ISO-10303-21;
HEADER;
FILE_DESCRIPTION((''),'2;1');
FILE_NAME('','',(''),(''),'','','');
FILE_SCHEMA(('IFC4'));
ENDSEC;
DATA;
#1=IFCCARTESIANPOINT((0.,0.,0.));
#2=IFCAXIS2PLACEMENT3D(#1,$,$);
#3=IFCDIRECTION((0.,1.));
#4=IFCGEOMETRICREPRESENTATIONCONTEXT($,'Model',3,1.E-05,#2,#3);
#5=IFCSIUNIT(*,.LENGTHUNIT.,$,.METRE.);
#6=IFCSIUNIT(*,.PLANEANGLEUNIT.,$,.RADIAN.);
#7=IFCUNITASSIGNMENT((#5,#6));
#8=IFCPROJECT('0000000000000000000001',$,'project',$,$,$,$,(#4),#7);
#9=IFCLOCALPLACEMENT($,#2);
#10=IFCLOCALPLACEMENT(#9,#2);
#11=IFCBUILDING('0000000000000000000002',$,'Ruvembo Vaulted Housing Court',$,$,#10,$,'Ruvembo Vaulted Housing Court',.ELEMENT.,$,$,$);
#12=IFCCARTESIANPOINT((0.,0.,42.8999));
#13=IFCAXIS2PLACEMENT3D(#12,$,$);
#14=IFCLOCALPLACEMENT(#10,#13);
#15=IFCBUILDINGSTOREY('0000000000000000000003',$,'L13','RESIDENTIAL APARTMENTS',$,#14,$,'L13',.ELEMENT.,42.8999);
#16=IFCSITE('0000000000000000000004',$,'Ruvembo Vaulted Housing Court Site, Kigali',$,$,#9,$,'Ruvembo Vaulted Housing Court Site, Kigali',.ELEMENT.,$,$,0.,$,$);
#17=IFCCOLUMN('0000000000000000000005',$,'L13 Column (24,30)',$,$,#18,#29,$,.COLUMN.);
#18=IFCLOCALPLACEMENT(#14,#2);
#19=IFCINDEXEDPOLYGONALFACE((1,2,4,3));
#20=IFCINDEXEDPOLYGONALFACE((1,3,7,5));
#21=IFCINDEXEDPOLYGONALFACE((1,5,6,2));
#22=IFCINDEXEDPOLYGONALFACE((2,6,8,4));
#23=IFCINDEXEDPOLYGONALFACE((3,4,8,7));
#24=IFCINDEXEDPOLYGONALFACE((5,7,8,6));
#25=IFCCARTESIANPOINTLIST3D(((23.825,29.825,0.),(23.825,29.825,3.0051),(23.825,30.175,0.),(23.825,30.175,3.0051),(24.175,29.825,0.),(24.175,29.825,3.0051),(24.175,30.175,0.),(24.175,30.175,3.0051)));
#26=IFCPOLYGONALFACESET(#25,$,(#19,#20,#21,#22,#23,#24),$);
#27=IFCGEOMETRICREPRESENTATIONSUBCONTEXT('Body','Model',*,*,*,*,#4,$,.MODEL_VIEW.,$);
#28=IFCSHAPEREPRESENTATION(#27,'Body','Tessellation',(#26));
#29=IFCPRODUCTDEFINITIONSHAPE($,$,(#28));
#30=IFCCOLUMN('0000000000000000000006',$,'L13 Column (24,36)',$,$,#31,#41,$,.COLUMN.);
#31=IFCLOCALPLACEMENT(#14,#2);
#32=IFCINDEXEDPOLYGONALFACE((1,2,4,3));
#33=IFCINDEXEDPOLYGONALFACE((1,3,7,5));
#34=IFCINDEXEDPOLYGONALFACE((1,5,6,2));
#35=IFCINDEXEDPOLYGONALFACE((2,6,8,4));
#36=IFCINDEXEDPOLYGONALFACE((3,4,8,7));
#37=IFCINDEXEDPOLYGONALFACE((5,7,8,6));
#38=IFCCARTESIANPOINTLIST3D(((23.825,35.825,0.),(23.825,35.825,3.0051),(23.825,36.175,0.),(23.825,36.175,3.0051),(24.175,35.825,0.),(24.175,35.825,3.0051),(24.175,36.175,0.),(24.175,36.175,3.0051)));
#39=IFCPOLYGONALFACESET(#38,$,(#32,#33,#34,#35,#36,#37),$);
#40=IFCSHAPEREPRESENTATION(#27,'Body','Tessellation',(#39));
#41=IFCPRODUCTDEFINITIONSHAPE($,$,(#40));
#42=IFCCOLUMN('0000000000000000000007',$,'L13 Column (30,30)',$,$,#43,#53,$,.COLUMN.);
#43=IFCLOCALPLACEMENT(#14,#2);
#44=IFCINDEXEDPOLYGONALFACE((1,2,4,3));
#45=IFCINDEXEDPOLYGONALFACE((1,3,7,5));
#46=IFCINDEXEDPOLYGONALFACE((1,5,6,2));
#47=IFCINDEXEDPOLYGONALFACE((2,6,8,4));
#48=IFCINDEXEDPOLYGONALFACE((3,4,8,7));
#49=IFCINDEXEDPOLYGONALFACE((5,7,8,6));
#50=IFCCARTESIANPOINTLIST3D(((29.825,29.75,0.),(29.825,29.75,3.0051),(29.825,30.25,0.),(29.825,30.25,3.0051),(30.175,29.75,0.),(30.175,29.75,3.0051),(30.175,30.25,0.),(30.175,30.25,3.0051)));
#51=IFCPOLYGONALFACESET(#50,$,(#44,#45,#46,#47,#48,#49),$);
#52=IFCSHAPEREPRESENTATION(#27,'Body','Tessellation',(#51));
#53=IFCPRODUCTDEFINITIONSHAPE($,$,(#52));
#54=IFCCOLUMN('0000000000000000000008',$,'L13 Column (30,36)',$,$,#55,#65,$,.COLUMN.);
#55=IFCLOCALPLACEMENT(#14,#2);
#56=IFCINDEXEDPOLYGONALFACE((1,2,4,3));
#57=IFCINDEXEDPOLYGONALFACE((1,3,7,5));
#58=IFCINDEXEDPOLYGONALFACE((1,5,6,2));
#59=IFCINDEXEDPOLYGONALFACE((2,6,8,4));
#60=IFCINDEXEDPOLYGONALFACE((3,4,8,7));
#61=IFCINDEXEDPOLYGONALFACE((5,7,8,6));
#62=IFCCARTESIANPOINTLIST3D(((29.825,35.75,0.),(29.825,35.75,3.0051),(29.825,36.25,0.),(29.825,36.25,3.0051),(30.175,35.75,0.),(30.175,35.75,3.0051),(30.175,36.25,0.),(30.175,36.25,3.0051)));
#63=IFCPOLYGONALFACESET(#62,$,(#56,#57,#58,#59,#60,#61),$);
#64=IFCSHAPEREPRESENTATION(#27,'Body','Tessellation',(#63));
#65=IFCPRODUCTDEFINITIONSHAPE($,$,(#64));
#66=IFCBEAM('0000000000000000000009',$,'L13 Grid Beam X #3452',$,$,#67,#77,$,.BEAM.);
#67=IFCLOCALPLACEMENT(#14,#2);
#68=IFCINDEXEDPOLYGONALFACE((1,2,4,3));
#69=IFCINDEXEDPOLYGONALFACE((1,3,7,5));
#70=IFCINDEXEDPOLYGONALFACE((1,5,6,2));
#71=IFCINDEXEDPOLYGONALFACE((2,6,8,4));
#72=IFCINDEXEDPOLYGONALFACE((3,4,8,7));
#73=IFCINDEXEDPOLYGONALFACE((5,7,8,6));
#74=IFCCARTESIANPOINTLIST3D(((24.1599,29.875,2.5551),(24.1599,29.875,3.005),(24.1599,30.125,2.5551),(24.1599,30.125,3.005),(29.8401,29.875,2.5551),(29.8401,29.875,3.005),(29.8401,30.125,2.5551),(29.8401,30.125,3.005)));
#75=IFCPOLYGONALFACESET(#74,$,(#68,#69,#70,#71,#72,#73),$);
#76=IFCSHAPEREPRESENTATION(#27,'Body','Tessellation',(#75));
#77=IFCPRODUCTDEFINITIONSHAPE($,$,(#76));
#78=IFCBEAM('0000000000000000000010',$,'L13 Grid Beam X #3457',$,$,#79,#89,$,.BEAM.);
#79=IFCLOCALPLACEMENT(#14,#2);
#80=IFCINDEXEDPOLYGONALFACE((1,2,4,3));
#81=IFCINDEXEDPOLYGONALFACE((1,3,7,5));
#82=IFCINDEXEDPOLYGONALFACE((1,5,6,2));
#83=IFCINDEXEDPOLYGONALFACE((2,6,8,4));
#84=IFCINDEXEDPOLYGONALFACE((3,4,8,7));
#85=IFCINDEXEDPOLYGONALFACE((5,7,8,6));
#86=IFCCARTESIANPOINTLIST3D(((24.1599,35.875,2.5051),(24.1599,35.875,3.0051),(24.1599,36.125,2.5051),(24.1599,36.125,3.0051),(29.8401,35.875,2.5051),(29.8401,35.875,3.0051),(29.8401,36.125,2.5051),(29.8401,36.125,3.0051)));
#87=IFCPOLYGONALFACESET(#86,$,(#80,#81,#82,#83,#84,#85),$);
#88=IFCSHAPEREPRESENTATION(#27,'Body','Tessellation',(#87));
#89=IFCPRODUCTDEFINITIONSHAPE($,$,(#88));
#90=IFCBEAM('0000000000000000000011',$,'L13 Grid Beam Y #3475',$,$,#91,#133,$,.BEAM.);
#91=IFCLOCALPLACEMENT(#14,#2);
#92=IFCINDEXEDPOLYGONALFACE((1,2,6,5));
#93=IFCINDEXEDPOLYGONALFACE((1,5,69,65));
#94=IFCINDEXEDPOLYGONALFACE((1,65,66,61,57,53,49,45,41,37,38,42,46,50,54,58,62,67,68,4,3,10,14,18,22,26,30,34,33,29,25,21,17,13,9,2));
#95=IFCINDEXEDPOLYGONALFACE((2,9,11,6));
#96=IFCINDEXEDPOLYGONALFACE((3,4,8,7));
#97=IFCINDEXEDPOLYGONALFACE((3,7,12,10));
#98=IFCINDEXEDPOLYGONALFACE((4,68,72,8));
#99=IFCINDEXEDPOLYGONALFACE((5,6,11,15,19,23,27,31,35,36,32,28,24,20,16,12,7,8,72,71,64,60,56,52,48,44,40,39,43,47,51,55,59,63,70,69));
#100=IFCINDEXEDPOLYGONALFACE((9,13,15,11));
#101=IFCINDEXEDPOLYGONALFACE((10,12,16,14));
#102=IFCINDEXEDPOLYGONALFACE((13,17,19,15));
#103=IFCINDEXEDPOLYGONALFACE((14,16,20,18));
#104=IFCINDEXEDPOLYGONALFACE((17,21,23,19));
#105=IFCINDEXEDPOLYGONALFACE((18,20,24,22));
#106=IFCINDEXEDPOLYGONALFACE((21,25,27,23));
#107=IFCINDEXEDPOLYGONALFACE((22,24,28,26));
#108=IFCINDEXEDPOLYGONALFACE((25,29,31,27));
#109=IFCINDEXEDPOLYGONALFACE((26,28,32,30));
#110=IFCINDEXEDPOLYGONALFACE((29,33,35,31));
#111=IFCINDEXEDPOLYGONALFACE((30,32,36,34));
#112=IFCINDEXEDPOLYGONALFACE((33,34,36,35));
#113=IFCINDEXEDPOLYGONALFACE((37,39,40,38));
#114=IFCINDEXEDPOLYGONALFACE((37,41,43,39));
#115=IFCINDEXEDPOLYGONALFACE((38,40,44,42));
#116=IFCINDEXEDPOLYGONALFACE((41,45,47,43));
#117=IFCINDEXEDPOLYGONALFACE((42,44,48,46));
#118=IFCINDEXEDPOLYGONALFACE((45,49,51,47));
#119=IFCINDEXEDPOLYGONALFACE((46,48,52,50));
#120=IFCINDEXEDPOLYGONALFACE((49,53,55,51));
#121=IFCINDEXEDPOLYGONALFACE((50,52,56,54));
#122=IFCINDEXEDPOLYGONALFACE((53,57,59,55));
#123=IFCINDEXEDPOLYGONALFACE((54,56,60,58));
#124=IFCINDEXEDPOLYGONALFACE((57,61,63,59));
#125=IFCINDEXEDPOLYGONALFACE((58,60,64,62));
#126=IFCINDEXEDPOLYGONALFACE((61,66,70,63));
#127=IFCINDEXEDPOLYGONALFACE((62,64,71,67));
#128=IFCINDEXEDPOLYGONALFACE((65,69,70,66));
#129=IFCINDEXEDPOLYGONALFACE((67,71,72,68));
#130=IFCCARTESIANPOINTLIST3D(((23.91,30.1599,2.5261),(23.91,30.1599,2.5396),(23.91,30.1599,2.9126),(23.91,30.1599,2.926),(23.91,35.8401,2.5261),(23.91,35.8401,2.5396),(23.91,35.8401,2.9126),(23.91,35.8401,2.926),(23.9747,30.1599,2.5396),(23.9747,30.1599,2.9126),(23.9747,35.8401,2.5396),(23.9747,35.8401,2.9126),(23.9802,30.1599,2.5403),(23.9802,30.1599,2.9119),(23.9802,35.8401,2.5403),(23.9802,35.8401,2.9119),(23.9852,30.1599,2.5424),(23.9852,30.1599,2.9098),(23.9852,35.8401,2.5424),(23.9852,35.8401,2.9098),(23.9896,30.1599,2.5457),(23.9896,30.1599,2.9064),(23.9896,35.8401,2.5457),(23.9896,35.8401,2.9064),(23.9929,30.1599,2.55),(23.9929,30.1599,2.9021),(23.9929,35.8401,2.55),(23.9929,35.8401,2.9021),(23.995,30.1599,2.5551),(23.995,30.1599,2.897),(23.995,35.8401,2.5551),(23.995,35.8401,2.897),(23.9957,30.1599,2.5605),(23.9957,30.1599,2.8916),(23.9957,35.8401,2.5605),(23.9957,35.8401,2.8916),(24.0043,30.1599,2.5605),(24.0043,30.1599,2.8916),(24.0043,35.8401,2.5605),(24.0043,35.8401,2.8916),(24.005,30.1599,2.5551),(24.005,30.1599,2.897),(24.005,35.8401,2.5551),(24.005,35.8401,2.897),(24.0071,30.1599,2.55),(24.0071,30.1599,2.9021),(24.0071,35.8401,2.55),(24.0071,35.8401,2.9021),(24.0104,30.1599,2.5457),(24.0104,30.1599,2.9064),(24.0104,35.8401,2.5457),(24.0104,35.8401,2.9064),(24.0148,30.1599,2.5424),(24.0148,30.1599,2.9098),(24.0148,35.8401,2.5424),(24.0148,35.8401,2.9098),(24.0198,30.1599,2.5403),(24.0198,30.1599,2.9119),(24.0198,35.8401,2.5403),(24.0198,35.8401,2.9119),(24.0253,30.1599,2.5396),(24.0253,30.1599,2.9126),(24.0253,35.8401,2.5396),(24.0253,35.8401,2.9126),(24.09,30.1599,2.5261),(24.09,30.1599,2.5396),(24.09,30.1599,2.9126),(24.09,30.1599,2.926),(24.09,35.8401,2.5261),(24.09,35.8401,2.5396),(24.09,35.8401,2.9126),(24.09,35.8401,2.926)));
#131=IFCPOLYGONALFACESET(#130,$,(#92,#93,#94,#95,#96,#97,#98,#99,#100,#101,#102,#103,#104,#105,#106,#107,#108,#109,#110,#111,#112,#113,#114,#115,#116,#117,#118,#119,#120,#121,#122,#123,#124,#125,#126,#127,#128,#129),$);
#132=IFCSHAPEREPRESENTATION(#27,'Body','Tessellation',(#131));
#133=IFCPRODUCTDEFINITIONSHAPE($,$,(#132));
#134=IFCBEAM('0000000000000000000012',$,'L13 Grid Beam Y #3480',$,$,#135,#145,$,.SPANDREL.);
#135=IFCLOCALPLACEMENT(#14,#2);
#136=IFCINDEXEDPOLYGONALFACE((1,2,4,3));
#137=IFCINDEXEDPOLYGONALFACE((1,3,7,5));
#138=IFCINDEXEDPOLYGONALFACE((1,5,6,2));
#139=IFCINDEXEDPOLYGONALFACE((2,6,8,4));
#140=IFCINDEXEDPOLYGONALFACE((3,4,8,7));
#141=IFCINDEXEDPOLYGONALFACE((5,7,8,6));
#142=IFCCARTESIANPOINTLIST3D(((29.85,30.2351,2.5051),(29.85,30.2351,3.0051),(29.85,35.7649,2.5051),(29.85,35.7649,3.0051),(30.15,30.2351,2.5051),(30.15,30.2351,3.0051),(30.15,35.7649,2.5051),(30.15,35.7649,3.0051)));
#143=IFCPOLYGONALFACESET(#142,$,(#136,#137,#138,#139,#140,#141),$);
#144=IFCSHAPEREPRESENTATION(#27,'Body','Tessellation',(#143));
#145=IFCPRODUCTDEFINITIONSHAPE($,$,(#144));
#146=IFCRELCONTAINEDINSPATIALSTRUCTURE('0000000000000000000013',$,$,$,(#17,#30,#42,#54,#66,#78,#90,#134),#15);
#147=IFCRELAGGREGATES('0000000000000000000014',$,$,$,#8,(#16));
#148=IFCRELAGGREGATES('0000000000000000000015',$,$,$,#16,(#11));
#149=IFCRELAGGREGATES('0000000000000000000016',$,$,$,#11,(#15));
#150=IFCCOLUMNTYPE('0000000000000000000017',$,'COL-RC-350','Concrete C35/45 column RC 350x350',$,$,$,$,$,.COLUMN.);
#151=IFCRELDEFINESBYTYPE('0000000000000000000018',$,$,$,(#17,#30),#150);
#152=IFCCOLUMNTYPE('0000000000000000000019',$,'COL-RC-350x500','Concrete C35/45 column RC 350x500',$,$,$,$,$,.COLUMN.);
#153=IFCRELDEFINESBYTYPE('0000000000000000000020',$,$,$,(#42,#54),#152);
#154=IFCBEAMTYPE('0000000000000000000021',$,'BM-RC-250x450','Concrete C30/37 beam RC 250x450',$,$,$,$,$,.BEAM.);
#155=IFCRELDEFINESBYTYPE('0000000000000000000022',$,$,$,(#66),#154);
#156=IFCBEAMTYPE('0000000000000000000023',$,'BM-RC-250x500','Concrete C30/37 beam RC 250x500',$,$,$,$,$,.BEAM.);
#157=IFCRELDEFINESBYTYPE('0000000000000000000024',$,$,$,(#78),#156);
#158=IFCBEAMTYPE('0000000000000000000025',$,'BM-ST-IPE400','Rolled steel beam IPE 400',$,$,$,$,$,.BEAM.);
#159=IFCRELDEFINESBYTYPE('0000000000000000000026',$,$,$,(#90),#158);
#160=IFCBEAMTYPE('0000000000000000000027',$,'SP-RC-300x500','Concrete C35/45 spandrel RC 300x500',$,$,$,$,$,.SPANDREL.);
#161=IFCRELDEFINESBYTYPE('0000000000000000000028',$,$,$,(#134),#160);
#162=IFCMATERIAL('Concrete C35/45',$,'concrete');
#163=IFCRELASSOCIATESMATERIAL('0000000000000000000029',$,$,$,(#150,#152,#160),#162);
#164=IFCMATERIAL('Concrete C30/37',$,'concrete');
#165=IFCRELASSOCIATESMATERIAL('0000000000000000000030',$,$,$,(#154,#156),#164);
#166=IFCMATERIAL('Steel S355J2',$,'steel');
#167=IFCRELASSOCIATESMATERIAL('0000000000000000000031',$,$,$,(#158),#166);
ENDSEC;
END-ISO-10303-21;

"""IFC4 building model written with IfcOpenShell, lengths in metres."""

from ifc_helpers import new_model, si_unit, direction, frame, origin, origin_2d, place, context, subcontext, project, spatial, rectangle, i_section, extrude, material, material_profile, profile_set, type_object, element, save


model = new_model("IFC4")

# Units and contexts
model_context = context("Model", 3, precision=1e-05, world=origin(), true_north=direction((0.0, 1.0)))
body_context = subcontext(model_context, "Body", "Model", "MODEL_VIEW")
ifc_project = project(units=[si_unit("LENGTHUNIT", "METRE"), si_unit("PLANEANGLEUNIT", "RADIAN")], contexts=[model_context])

# Site, building, storey
site_placement = place(None, origin())
site = spatial("IfcSite", under=ifc_project, at=site_placement, Name="Ruvembo Vaulted Housing Court Site, Kigali", LongName="Ruvembo Vaulted Housing Court Site, Kigali", CompositionType="ELEMENT", RefElevation=0.0)
building_placement = place(site_placement, origin())
building = spatial("IfcBuilding", under=site, at=building_placement, Name="Ruvembo Vaulted Housing Court", LongName="Ruvembo Vaulted Housing Court", CompositionType="ELEMENT")
storey_placement = place(building_placement, frame((0.0, 0.0, 42.8999)))
storey = spatial("IfcBuildingStorey", under=building, at=storey_placement, Name="L13", Description="RESIDENTIAL APARTMENTS", LongName="L13", CompositionType="ELEMENT", Elevation=42.8999)

# Columns
ifc_material_1 = material(Name="Concrete C35/45", Category="concrete")
ifc_material_profile_1 = material_profile(ifc_material_1, rectangle(XDim=0.3501, YDim=0.3501, at=origin_2d()), Name="RC 350x350")
ifc_profile_set_1 = profile_set([ifc_material_profile_1], Name="Concrete C35/45")
column_type_1 = type_object("IfcColumnType", Name="COL-RC-350", Description="Concrete C35/45 column RC 350x350", PredefinedType="COLUMN", material=ifc_profile_set_1)
for number, where, z_axis, x_axis, name in (
    (1, (24.0, 30.0, 0.0), (0.0, 0.0, 1.0), (1.0, 0.0, 0.0), "L13 Column (24,30)"),
    (2, (24.0, 36.0, 0.0), (0.0, 0.0, 1.0), (1.0, 0.0, 0.0), "L13 Column (24,36)"),
):
    element("IfcColumn", number, at=place(storey_placement, frame(where, z_axis=z_axis, x_axis=x_axis)), inside=storey, type_object=column_type_1, Name=name, PredefinedType="COLUMN", context=body_context, shape_type="SweptSolid", body=[
        extrude(rectangle(XDim=0.3501, YDim=0.3501, at=origin_2d()), origin(), (0.0, 0.0, 1.0), 3.0051),
    ])
ifc_material_profile_2 = material_profile(ifc_material_1, rectangle(XDim=0.3501, YDim=0.5, at=origin_2d()), Name="RC 350x500")
ifc_profile_set_2 = profile_set([ifc_material_profile_2], Name="Concrete C35/45")
column_type_2 = type_object("IfcColumnType", Name="COL-RC-350x500", Description="Concrete C35/45 column RC 350x500", PredefinedType="COLUMN", material=ifc_profile_set_2)
for number, where, z_axis, x_axis, name in (
    (3, (30.0, 30.0, 0.0), (0.0, 0.0, 1.0), (1.0, 0.0, 0.0), "L13 Column (30,30)"),
    (4, (30.0, 36.0, 0.0), (0.0, 0.0, 1.0), (1.0, 0.0, 0.0), "L13 Column (30,36)"),
):
    element("IfcColumn", number, at=place(storey_placement, frame(where, z_axis=z_axis, x_axis=x_axis)), inside=storey, type_object=column_type_2, Name=name, PredefinedType="COLUMN", context=body_context, shape_type="SweptSolid", body=[
        extrude(rectangle(XDim=0.3501, YDim=0.5, at=origin_2d()), origin(), (0.0, 0.0, 1.0), 3.0051),
    ])

# Beams
ifc_material_2 = material(Name="Concrete C30/37", Category="concrete")
ifc_material_profile_3 = material_profile(ifc_material_2, rectangle(XDim=0.25, YDim=0.45, at=origin_2d()), Name="RC 250x450")
ifc_profile_set_3 = profile_set([ifc_material_profile_3], Name="Concrete C30/37")
beam_type_1 = type_object("IfcBeamType", Name="BM-RC-250x450", Description="Concrete C30/37 beam RC 250x450", PredefinedType="BEAM", material=ifc_profile_set_3)
beam_1_placement = place(storey_placement, frame((24.1599, 30.0, 2.78), z_axis=(1.0, 0.0, 0.0), x_axis=(0.0, 1.0, 0.0)))
element("IfcBeam", 5, at=beam_1_placement, inside=storey, type_object=beam_type_1, Name="L13 Grid Beam X #3452", PredefinedType="BEAM", context=body_context, shape_type="SweptSolid", body=[
    extrude(rectangle(XDim=0.25, YDim=0.45, at=origin_2d()), origin(), (0.0, 0.0, 1.0), 5.6802),
])
ifc_material_profile_4 = material_profile(ifc_material_2, rectangle(XDim=0.25, YDim=0.5, at=origin_2d()), Name="RC 250x500")
ifc_profile_set_4 = profile_set([ifc_material_profile_4], Name="Concrete C30/37")
beam_type_2 = type_object("IfcBeamType", Name="BM-RC-250x500", Description="Concrete C30/37 beam RC 250x500", PredefinedType="BEAM", material=ifc_profile_set_4)
beam_2_placement = place(storey_placement, frame((24.1599, 36.0, 2.7551), z_axis=(1.0, 0.0, 0.0), x_axis=(0.0, 1.0, 0.0)))
element("IfcBeam", 6, at=beam_2_placement, inside=storey, type_object=beam_type_2, Name="L13 Grid Beam X #3457", PredefinedType="BEAM", context=body_context, shape_type="SweptSolid", body=[
    extrude(rectangle(XDim=0.25, YDim=0.5, at=origin_2d()), origin(), (0.0, 0.0, 1.0), 5.6802),
])
ifc_material_3 = material(Name="Steel S355J2", Category="steel")
ifc_material_profile_5 = material_profile(ifc_material_3, i_section(OverallWidth=0.1799, OverallDepth=0.3999, WebThickness=0.0085, FlangeThickness=0.0134, FilletRadius=0.021, at=origin_2d()), Name="IPE 400")
ifc_profile_set_5 = profile_set([ifc_material_profile_5], Name="Steel S355J2")
beam_type_3 = type_object("IfcBeamType", Name="BM-ST-IPE400", Description="Rolled steel beam IPE 400", PredefinedType="BEAM", material=ifc_profile_set_5)
beam_3_placement = place(storey_placement, frame((24.0, 30.1599, 2.7261), z_axis=(0.0, 1.0, 0.0), x_axis=(-1.0, 0.0, 0.0)))
element("IfcBeam", 7, at=beam_3_placement, inside=storey, type_object=beam_type_3, Name="L13 Grid Beam Y #3475", PredefinedType="BEAM", context=body_context, shape_type="SweptSolid", body=[
    extrude(i_section(OverallWidth=0.1799, OverallDepth=0.3999, WebThickness=0.0085, FlangeThickness=0.0134, FilletRadius=0.021, at=origin_2d()), origin(), (0.0, 0.0, 1.0), 5.6802),
])
ifc_material_profile_6 = material_profile(ifc_material_1, rectangle(XDim=0.3, YDim=0.5, at=origin_2d()), Name="RC 300x500")
ifc_profile_set_6 = profile_set([ifc_material_profile_6], Name="Concrete C35/45")
beam_type_4 = type_object("IfcBeamType", Name="SP-RC-300x500", Description="Concrete C35/45 spandrel RC 300x500", PredefinedType="SPANDREL", material=ifc_profile_set_6)
beam_4_placement = place(storey_placement, frame((30.0, 30.2351, 2.7551), z_axis=(0.0, 1.0, 0.0), x_axis=(-1.0, 0.0, 0.0)))
element("IfcBeam", 8, at=beam_4_placement, inside=storey, type_object=beam_type_4, Name="L13 Grid Beam Y #3480", PredefinedType="SPANDREL", context=body_context, shape_type="SweptSolid", body=[
    extrude(rectangle(XDim=0.3, YDim=0.5, at=origin_2d()), origin(), (0.0, 0.0, 1.0), 5.5298),
])

save(model, "model.ifc")
